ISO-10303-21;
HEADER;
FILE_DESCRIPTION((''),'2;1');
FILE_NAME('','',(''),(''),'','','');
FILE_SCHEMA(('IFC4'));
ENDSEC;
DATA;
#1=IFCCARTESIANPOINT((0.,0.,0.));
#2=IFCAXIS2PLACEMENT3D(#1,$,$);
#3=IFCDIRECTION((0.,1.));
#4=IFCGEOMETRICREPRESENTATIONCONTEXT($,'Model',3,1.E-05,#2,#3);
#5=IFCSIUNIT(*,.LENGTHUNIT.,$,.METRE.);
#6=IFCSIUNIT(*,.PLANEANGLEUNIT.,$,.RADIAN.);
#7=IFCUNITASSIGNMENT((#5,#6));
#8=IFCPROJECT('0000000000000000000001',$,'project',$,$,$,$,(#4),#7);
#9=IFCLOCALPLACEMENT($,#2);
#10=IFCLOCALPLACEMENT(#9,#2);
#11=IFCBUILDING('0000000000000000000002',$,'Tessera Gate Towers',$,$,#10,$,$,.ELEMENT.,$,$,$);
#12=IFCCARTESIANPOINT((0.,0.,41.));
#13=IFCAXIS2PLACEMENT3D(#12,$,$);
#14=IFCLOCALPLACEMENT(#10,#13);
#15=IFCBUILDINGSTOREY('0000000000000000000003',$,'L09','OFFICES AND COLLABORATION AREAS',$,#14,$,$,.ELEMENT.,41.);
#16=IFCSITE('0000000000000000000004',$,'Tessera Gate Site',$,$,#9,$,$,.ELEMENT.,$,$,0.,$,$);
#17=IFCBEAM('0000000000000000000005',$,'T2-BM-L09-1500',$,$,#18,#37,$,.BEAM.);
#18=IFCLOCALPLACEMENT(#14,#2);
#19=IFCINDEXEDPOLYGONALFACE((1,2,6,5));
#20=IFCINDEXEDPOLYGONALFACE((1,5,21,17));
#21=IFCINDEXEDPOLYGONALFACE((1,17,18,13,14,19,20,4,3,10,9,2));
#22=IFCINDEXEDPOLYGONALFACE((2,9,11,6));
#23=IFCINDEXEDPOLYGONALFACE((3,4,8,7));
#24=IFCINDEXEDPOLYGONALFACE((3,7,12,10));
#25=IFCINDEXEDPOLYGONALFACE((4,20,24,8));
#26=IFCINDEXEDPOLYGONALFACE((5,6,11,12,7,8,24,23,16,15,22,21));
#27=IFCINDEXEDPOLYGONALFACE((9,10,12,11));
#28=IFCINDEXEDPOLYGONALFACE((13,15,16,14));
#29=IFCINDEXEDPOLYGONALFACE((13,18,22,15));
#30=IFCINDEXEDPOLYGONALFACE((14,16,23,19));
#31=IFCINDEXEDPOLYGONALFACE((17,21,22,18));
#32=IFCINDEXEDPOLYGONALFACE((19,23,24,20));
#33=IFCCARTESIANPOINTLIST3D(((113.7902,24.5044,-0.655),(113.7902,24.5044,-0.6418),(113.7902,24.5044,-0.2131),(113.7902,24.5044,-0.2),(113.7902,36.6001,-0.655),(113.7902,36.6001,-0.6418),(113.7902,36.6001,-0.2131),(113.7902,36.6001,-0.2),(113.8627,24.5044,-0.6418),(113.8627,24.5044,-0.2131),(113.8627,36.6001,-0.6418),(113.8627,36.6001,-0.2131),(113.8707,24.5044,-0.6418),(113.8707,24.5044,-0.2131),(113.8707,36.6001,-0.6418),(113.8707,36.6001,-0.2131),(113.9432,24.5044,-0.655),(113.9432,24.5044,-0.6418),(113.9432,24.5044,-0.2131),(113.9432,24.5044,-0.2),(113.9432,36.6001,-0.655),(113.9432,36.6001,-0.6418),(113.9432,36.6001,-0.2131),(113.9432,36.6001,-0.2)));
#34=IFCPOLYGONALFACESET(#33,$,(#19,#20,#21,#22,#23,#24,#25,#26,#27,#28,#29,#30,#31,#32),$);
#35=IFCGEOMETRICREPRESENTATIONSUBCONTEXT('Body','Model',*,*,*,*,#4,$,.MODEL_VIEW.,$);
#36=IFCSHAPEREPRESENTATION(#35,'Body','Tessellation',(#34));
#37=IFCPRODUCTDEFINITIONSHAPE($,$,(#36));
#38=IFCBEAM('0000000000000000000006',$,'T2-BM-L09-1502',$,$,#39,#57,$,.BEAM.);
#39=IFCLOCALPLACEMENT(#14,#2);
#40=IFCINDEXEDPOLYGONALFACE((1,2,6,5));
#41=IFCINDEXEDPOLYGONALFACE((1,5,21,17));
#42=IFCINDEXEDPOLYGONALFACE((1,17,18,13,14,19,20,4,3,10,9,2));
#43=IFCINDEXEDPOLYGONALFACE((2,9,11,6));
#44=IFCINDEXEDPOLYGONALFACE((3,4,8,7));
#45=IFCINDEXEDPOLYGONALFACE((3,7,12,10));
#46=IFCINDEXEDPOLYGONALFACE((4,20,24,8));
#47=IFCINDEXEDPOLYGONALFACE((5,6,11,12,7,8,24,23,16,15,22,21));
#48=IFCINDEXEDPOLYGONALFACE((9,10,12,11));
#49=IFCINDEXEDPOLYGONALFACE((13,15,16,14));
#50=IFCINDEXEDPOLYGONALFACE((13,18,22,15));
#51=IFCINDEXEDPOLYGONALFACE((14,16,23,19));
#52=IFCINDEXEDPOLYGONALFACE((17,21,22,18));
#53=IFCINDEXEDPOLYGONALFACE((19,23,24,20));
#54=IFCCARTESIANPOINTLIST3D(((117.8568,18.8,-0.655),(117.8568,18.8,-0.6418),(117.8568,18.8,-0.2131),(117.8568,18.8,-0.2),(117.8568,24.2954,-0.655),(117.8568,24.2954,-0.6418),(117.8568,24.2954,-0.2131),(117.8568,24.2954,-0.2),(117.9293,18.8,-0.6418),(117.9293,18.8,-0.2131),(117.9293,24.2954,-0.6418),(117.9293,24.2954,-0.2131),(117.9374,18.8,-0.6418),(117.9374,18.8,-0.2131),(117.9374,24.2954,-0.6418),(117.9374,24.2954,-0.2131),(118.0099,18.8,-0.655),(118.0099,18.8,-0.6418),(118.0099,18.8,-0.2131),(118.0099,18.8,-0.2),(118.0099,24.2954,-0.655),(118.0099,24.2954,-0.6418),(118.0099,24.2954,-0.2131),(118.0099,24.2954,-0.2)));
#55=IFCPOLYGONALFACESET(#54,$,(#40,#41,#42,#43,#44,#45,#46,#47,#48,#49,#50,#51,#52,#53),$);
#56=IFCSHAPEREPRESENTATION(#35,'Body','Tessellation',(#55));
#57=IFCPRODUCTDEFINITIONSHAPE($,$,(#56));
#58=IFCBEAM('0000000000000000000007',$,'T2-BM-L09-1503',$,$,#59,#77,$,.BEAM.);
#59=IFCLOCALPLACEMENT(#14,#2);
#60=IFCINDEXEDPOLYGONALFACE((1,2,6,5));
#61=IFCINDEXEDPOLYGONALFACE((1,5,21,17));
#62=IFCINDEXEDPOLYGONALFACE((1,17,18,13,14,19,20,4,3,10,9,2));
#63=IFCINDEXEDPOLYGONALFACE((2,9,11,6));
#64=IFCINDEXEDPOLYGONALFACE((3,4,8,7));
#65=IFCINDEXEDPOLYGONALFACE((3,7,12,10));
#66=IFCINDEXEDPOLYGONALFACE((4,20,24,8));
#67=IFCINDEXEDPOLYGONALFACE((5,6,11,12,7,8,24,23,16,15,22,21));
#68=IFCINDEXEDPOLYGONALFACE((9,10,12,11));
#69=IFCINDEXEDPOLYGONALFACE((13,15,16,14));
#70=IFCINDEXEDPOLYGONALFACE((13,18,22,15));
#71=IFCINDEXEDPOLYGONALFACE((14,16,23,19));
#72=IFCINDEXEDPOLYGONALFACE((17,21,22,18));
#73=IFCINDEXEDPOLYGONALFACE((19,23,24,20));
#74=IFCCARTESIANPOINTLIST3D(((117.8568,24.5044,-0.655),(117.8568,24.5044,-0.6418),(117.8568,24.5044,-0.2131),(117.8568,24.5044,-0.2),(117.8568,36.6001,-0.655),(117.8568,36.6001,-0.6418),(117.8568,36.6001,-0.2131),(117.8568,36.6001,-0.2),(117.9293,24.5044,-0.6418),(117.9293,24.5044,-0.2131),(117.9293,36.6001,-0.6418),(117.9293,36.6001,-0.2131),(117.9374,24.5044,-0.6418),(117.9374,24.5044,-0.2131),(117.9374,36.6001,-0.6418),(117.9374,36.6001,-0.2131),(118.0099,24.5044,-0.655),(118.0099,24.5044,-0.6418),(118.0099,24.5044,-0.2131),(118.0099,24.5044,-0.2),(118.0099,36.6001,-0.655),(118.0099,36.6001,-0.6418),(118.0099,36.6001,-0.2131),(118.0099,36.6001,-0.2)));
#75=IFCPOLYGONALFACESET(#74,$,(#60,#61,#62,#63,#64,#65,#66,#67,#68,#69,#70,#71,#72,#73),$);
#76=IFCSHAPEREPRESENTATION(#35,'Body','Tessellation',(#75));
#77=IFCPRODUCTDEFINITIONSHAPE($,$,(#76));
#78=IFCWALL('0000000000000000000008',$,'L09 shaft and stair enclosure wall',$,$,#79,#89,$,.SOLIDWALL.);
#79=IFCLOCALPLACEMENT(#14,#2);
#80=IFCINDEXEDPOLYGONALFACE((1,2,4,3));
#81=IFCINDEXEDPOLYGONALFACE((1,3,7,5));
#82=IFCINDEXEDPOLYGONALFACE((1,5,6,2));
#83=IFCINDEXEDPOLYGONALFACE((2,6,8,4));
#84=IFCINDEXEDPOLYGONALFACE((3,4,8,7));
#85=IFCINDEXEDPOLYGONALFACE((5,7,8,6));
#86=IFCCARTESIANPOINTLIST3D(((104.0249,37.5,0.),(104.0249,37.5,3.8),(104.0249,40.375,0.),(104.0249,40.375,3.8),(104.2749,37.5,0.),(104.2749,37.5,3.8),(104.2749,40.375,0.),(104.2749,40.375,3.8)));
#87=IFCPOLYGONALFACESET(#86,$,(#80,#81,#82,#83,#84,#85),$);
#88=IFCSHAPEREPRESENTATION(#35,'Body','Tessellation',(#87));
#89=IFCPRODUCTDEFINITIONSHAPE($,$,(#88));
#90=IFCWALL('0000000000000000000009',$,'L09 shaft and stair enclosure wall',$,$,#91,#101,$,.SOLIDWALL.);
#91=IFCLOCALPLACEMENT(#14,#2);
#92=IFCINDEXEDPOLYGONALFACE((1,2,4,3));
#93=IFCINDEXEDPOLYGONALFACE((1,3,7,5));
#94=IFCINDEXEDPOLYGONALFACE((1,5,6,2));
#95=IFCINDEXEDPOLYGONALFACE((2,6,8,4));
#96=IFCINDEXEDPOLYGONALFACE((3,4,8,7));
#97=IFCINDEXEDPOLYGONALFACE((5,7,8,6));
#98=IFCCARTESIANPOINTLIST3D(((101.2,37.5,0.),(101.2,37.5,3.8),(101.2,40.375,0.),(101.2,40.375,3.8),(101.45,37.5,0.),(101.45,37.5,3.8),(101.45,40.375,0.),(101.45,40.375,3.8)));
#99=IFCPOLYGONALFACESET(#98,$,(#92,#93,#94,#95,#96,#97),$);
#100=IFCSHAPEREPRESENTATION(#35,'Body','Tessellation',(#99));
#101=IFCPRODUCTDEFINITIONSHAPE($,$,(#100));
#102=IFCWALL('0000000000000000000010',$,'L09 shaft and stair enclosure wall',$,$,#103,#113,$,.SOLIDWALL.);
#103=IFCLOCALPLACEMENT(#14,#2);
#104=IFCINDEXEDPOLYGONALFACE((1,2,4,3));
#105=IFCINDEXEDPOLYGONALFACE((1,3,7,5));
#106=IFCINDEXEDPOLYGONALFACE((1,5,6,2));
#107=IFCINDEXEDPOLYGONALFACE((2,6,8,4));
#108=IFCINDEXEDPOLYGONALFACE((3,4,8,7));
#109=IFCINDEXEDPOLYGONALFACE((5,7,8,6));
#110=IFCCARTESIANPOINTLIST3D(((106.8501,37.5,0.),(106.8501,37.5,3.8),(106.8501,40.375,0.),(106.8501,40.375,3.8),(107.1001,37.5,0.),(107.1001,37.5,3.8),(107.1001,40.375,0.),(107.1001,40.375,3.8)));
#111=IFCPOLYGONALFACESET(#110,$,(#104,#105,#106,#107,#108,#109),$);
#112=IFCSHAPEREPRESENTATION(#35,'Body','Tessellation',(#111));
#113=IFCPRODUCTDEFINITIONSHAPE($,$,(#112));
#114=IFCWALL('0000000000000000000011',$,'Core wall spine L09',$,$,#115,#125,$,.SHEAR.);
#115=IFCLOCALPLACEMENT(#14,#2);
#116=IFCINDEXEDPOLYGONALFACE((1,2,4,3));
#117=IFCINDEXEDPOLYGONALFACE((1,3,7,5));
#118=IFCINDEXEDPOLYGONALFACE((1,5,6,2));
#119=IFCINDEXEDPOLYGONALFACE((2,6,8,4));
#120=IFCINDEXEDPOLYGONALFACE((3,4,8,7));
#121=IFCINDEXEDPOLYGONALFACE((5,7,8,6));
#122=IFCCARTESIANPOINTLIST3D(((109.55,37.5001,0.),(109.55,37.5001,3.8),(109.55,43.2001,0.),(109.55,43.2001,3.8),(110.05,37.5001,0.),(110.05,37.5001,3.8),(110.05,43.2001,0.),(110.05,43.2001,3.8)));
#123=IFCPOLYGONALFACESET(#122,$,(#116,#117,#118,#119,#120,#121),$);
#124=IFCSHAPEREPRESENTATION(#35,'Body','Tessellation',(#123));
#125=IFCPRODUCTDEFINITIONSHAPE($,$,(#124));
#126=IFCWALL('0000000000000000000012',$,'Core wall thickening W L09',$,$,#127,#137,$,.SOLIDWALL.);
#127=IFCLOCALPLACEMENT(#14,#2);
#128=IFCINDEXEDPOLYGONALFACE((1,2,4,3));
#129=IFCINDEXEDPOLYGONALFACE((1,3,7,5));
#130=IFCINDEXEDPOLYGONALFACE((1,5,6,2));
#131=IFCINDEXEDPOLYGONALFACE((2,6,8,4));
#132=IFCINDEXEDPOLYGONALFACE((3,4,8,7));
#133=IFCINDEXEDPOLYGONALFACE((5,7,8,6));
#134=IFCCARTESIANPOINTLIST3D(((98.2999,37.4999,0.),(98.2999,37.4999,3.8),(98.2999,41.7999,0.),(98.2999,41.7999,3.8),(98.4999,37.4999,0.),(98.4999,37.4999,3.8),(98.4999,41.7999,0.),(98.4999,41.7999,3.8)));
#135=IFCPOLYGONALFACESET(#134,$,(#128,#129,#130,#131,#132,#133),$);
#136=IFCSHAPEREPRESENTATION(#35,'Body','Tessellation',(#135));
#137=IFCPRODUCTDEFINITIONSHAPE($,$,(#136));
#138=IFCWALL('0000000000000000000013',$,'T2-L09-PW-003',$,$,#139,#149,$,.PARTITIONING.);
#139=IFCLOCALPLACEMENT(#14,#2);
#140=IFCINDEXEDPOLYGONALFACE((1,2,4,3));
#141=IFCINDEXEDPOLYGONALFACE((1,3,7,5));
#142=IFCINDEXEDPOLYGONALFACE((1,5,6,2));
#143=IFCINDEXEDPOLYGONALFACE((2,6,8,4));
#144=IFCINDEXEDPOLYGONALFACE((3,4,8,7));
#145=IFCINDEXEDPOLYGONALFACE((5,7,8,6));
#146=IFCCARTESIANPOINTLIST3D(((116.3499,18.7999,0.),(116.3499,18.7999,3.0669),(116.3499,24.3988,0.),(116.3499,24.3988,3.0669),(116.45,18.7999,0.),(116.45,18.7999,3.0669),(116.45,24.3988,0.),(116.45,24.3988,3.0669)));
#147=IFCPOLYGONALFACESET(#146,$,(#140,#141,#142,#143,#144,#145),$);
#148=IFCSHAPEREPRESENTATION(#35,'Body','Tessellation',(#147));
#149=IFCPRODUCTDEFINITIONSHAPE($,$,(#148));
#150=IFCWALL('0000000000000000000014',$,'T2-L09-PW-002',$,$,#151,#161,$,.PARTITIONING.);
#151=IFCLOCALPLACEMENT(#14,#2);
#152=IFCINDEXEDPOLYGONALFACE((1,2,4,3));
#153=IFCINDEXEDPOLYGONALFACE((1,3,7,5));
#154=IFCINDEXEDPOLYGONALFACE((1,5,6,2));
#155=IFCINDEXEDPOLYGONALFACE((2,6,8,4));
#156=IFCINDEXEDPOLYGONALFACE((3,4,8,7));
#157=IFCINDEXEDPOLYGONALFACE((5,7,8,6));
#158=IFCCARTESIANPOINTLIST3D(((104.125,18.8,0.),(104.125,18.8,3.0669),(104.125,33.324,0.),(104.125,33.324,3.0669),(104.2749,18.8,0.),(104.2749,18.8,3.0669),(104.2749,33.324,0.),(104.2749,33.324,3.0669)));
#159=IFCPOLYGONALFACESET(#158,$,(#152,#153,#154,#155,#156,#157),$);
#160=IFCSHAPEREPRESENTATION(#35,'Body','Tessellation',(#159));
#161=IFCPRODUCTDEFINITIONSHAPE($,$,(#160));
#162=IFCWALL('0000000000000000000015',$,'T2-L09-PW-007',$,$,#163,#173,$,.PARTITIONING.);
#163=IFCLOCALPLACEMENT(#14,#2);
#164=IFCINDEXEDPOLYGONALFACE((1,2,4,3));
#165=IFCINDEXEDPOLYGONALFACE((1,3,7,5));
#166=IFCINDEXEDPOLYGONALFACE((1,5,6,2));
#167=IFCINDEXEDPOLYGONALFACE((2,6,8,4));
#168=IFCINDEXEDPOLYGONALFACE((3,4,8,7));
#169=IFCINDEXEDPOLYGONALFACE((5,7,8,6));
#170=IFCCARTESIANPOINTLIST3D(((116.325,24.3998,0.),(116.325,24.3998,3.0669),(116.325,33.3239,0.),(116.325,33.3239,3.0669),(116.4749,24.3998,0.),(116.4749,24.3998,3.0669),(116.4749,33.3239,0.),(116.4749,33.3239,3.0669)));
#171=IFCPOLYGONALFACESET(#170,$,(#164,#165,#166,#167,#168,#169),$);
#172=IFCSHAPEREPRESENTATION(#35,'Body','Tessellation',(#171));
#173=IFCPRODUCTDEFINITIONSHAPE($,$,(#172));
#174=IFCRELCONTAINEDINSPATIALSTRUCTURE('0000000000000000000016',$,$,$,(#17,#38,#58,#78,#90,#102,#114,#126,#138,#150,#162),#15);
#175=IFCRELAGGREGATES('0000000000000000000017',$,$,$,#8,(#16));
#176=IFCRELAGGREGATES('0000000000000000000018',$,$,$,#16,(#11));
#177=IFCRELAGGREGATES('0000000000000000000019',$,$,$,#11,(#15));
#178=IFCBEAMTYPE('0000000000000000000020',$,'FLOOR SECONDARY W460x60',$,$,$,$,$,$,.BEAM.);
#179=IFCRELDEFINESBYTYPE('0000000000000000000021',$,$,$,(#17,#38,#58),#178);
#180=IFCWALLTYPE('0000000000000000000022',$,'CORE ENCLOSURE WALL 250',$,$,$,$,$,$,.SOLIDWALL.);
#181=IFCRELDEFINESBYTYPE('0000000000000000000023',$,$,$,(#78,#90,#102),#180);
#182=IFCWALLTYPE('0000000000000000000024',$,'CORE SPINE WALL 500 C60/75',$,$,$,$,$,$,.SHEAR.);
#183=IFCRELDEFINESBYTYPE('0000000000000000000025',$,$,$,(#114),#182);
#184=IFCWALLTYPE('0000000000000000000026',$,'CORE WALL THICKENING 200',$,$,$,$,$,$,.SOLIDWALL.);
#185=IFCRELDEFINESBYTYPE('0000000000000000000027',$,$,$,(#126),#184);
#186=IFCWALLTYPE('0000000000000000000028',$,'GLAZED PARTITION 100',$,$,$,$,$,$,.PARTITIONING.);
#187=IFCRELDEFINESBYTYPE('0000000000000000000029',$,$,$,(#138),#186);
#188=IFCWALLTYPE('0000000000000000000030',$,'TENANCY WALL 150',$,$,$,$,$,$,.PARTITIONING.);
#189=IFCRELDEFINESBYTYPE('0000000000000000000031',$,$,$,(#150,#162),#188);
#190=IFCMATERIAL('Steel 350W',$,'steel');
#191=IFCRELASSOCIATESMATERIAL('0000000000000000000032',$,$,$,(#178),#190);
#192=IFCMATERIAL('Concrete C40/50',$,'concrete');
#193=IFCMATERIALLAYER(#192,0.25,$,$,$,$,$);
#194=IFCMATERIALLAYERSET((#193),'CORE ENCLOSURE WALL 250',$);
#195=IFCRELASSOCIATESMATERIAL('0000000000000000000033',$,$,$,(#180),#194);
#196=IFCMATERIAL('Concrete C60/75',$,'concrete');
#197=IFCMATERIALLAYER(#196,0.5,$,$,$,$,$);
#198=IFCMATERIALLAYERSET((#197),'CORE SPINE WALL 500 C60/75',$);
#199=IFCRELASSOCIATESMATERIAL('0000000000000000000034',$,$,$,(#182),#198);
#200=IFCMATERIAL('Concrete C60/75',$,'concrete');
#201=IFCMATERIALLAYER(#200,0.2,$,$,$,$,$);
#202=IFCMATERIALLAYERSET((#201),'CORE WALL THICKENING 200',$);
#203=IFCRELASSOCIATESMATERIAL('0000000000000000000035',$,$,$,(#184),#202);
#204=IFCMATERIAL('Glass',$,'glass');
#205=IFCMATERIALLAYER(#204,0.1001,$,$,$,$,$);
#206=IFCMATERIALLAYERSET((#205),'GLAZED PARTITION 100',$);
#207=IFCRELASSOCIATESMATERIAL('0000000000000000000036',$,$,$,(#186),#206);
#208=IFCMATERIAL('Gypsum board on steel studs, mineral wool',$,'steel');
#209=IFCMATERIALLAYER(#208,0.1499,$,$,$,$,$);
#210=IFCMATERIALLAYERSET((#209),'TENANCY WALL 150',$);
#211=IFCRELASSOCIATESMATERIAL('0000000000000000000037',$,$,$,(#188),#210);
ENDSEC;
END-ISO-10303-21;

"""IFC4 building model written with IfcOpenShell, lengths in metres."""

from ifc_helpers import new_model, si_unit, direction, frame, frame_2d, origin, origin_2d, place, context, subcontext, project, spatial, rectangle, i_section, extrude, material, layer, layer_set, material_profile, profile_set, type_object, element, save


model = new_model("IFC4")

# Units and contexts
model_context = context("Model", 3, precision=1e-05, world=origin(), true_north=direction((0.0, 1.0)))
body_context = subcontext(model_context, "Body", "Model", "MODEL_VIEW")
ifc_project = project(units=[si_unit("LENGTHUNIT", "METRE"), si_unit("PLANEANGLEUNIT", "RADIAN")], contexts=[model_context])

# Site, building, storey
site_placement = place(None, origin())
site = spatial("IfcSite", under=ifc_project, at=site_placement, Name="Tessera Gate Site", CompositionType="ELEMENT", RefElevation=0.0)
building_placement = place(site_placement, origin())
building = spatial("IfcBuilding", under=site, at=building_placement, Name="Tessera Gate Towers", CompositionType="ELEMENT")
storey_placement = place(building_placement, frame((0.0, 0.0, 41.0)))
storey = spatial("IfcBuildingStorey", under=building, at=storey_placement, Name="L09", Description="OFFICES AND COLLABORATION AREAS", CompositionType="ELEMENT", Elevation=41.0)

# Beams
ifc_material_1 = material(Name="Steel 350W", Category="steel")
ifc_material_profile_1 = material_profile(ifc_material_1, i_section(OverallWidth=0.1531, OverallDepth=0.4551, WebThickness=0.0081, FlangeThickness=0.0132, at=origin_2d()), Name="W460x60")
ifc_profile_set_1 = profile_set([ifc_material_profile_1], Name="Steel 350W")
beam_type_1 = type_object("IfcBeamType", Name="FLOOR SECONDARY W460x60", PredefinedType="BEAM", material=ifc_profile_set_1)
beam_1_placement = place(storey_placement, frame((113.8667, 24.5044, -0.4275), z_axis=(0.0, 1.0, 0.0), x_axis=(-1.0, 0.0, 0.0)))
element("IfcBeam", 1, at=beam_1_placement, inside=storey, type_object=beam_type_1, Name="T2-BM-L09-1500", PredefinedType="BEAM", context=body_context, shape_type="SweptSolid", body=[
    extrude(i_section(OverallWidth=0.1531, OverallDepth=0.4551, WebThickness=0.0081, FlangeThickness=0.0132, at=origin_2d()), origin(), (0.0, 0.0, 1.0), 12.0957),
])
beam_2_placement = place(storey_placement, frame((117.9333, 18.8, -0.4275), z_axis=(0.0, 1.0, 0.0), x_axis=(-1.0, 0.0, 0.0)))
element("IfcBeam", 2, at=beam_2_placement, inside=storey, type_object=beam_type_1, Name="T2-BM-L09-1502", PredefinedType="BEAM", context=body_context, shape_type="SweptSolid", body=[
    extrude(i_section(OverallWidth=0.1531, OverallDepth=0.4551, WebThickness=0.0081, FlangeThickness=0.0132, at=origin_2d()), origin(), (0.0, 0.0, 1.0), 5.4954),
])
beam_3_placement = place(storey_placement, frame((117.9333, 24.5044, -0.4275), z_axis=(0.0, 1.0, 0.0), x_axis=(-1.0, 0.0, 0.0)))
element("IfcBeam", 3, at=beam_3_placement, inside=storey, type_object=beam_type_1, Name="T2-BM-L09-1503", PredefinedType="BEAM", context=body_context, shape_type="SweptSolid", body=[
    extrude(i_section(OverallWidth=0.1531, OverallDepth=0.4551, WebThickness=0.0081, FlangeThickness=0.0132, at=origin_2d()), origin(), (0.0, 0.0, 1.0), 12.0957),
])

# Walls
ifc_material_2 = material(Name="Concrete C40/50", Category="concrete")
ifc_layer_1 = layer(ifc_material_2, 0.25)
ifc_layer_set_1 = layer_set([ifc_layer_1], Name="CORE ENCLOSURE WALL 250")
wall_type_1 = type_object("IfcWallType", Name="CORE ENCLOSURE WALL 250", PredefinedType="SOLIDWALL", material=ifc_layer_set_1)
for number, where, z_axis, x_axis, name in (
    (4, (104.1499, 37.5, 0.0), (0.0, 0.0, 1.0), (0.0, 1.0, 0.0), "L09 shaft and stair enclosure wall"),
    (5, (101.325, 37.5, 0.0), (0.0, 0.0, 1.0), (0.0, 1.0, 0.0), "L09 shaft and stair enclosure wall"),
    (6, (106.9751, 37.5, 0.0), (0.0, 0.0, 1.0), (0.0, 1.0, 0.0), "L09 shaft and stair enclosure wall"),
):
    element("IfcWall", number, at=place(storey_placement, frame(where, z_axis=z_axis, x_axis=x_axis)), inside=storey, type_object=wall_type_1, Name=name, PredefinedType="SOLIDWALL", context=body_context, shape_type="SweptSolid", body=[
        extrude(rectangle(XDim=2.875, YDim=0.25, at=frame_2d((1.4375, 0.0))), origin(), (0.0, 0.0, 1.0), 3.8),
    ])
ifc_material_3 = material(Name="Concrete C60/75", Category="concrete")
ifc_layer_2 = layer(ifc_material_3, 0.5)
ifc_layer_set_2 = layer_set([ifc_layer_2], Name="CORE SPINE WALL 500 C60/75")
wall_type_2 = type_object("IfcWallType", Name="CORE SPINE WALL 500 C60/75", PredefinedType="SHEAR", material=ifc_layer_set_2)
wall_1_placement = place(storey_placement, frame((109.8, 37.5, 0.0), z_axis=(0.0, 0.0, 1.0), x_axis=(0.0, 1.0, 0.0)))
element("IfcWall", 7, at=wall_1_placement, inside=storey, type_object=wall_type_2, Name="Core wall spine L09", PredefinedType="SHEAR", context=body_context, shape_type="SweptSolid", body=[
    extrude(rectangle(XDim=5.7, YDim=0.5, at=frame_2d((2.8501, 0.0))), origin(), (0.0, 0.0, 1.0), 3.8),
])
ifc_material_4 = material(Name="Concrete C60/75", Category="concrete")
ifc_layer_3 = layer(ifc_material_4, 0.2)
ifc_layer_set_3 = layer_set([ifc_layer_3], Name="CORE WALL THICKENING 200")
wall_type_3 = type_object("IfcWallType", Name="CORE WALL THICKENING 200", PredefinedType="SOLIDWALL", material=ifc_layer_set_3)
wall_2_placement = place(storey_placement, frame((98.3999, 37.5, 0.0), z_axis=(0.0, 0.0, 1.0), x_axis=(0.0, 1.0, 0.0)))
element("IfcWall", 8, at=wall_2_placement, inside=storey, type_object=wall_type_3, Name="Core wall thickening W L09", PredefinedType="SOLIDWALL", context=body_context, shape_type="SweptSolid", body=[
    extrude(rectangle(XDim=4.3, YDim=0.2, at=frame_2d((2.1499, 0.0))), origin(), (0.0, 0.0, 1.0), 3.8),
])
ifc_material_5 = material(Name="Glass", Category="glass")
ifc_layer_4 = layer(ifc_material_5, 0.1001)
ifc_layer_set_4 = layer_set([ifc_layer_4], Name="GLAZED PARTITION 100")
wall_type_4 = type_object("IfcWallType", Name="GLAZED PARTITION 100", PredefinedType="PARTITIONING", material=ifc_layer_set_4)
wall_3_placement = place(storey_placement, frame((116.3999, 18.8, 0.0), z_axis=(0.0, 0.0, 1.0), x_axis=(0.0, 1.0, 0.0)))
element("IfcWall", 9, at=wall_3_placement, inside=storey, type_object=wall_type_4, Name="T2-L09-PW-003", PredefinedType="PARTITIONING", context=body_context, shape_type="SweptSolid", body=[
    extrude(rectangle(XDim=5.5989, YDim=0.1001, at=frame_2d((2.7993, 0.0))), origin(), (0.0, 0.0, 1.0), 3.0669),
])
ifc_material_6 = material(Name="Gypsum board on steel studs, mineral wool", Category="steel")
ifc_layer_5 = layer(ifc_material_6, 0.1499)
ifc_layer_set_5 = layer_set([ifc_layer_5], Name="TENANCY WALL 150")
wall_type_5 = type_object("IfcWallType", Name="TENANCY WALL 150", PredefinedType="PARTITIONING", material=ifc_layer_set_5)
wall_4_placement = place(storey_placement, frame((104.2, 18.8, 0.0), z_axis=(0.0, 0.0, 1.0), x_axis=(0.0, 1.0, 0.0)))
element("IfcWall", 10, at=wall_4_placement, inside=storey, type_object=wall_type_5, Name="T2-L09-PW-002", PredefinedType="PARTITIONING", context=body_context, shape_type="SweptSolid", body=[
    extrude(rectangle(XDim=14.5239, YDim=0.1499, at=frame_2d((7.262, 0.0))), origin(), (0.0, 0.0, 1.0), 3.0669),
])
wall_5_placement = place(storey_placement, frame((116.3999, 24.3999, 0.0), z_axis=(0.0, 0.0, 1.0), x_axis=(0.0, 1.0, 0.0)))
element("IfcWall", 11, at=wall_5_placement, inside=storey, type_object=wall_type_5, Name="T2-L09-PW-007", PredefinedType="PARTITIONING", context=body_context, shape_type="SweptSolid", body=[
    extrude(rectangle(XDim=8.9241, YDim=0.1499, at=frame_2d((4.4619, 0.0))), origin(), (0.0, 0.0, 1.0), 3.0669),
])

save(model, "model.ifc")
